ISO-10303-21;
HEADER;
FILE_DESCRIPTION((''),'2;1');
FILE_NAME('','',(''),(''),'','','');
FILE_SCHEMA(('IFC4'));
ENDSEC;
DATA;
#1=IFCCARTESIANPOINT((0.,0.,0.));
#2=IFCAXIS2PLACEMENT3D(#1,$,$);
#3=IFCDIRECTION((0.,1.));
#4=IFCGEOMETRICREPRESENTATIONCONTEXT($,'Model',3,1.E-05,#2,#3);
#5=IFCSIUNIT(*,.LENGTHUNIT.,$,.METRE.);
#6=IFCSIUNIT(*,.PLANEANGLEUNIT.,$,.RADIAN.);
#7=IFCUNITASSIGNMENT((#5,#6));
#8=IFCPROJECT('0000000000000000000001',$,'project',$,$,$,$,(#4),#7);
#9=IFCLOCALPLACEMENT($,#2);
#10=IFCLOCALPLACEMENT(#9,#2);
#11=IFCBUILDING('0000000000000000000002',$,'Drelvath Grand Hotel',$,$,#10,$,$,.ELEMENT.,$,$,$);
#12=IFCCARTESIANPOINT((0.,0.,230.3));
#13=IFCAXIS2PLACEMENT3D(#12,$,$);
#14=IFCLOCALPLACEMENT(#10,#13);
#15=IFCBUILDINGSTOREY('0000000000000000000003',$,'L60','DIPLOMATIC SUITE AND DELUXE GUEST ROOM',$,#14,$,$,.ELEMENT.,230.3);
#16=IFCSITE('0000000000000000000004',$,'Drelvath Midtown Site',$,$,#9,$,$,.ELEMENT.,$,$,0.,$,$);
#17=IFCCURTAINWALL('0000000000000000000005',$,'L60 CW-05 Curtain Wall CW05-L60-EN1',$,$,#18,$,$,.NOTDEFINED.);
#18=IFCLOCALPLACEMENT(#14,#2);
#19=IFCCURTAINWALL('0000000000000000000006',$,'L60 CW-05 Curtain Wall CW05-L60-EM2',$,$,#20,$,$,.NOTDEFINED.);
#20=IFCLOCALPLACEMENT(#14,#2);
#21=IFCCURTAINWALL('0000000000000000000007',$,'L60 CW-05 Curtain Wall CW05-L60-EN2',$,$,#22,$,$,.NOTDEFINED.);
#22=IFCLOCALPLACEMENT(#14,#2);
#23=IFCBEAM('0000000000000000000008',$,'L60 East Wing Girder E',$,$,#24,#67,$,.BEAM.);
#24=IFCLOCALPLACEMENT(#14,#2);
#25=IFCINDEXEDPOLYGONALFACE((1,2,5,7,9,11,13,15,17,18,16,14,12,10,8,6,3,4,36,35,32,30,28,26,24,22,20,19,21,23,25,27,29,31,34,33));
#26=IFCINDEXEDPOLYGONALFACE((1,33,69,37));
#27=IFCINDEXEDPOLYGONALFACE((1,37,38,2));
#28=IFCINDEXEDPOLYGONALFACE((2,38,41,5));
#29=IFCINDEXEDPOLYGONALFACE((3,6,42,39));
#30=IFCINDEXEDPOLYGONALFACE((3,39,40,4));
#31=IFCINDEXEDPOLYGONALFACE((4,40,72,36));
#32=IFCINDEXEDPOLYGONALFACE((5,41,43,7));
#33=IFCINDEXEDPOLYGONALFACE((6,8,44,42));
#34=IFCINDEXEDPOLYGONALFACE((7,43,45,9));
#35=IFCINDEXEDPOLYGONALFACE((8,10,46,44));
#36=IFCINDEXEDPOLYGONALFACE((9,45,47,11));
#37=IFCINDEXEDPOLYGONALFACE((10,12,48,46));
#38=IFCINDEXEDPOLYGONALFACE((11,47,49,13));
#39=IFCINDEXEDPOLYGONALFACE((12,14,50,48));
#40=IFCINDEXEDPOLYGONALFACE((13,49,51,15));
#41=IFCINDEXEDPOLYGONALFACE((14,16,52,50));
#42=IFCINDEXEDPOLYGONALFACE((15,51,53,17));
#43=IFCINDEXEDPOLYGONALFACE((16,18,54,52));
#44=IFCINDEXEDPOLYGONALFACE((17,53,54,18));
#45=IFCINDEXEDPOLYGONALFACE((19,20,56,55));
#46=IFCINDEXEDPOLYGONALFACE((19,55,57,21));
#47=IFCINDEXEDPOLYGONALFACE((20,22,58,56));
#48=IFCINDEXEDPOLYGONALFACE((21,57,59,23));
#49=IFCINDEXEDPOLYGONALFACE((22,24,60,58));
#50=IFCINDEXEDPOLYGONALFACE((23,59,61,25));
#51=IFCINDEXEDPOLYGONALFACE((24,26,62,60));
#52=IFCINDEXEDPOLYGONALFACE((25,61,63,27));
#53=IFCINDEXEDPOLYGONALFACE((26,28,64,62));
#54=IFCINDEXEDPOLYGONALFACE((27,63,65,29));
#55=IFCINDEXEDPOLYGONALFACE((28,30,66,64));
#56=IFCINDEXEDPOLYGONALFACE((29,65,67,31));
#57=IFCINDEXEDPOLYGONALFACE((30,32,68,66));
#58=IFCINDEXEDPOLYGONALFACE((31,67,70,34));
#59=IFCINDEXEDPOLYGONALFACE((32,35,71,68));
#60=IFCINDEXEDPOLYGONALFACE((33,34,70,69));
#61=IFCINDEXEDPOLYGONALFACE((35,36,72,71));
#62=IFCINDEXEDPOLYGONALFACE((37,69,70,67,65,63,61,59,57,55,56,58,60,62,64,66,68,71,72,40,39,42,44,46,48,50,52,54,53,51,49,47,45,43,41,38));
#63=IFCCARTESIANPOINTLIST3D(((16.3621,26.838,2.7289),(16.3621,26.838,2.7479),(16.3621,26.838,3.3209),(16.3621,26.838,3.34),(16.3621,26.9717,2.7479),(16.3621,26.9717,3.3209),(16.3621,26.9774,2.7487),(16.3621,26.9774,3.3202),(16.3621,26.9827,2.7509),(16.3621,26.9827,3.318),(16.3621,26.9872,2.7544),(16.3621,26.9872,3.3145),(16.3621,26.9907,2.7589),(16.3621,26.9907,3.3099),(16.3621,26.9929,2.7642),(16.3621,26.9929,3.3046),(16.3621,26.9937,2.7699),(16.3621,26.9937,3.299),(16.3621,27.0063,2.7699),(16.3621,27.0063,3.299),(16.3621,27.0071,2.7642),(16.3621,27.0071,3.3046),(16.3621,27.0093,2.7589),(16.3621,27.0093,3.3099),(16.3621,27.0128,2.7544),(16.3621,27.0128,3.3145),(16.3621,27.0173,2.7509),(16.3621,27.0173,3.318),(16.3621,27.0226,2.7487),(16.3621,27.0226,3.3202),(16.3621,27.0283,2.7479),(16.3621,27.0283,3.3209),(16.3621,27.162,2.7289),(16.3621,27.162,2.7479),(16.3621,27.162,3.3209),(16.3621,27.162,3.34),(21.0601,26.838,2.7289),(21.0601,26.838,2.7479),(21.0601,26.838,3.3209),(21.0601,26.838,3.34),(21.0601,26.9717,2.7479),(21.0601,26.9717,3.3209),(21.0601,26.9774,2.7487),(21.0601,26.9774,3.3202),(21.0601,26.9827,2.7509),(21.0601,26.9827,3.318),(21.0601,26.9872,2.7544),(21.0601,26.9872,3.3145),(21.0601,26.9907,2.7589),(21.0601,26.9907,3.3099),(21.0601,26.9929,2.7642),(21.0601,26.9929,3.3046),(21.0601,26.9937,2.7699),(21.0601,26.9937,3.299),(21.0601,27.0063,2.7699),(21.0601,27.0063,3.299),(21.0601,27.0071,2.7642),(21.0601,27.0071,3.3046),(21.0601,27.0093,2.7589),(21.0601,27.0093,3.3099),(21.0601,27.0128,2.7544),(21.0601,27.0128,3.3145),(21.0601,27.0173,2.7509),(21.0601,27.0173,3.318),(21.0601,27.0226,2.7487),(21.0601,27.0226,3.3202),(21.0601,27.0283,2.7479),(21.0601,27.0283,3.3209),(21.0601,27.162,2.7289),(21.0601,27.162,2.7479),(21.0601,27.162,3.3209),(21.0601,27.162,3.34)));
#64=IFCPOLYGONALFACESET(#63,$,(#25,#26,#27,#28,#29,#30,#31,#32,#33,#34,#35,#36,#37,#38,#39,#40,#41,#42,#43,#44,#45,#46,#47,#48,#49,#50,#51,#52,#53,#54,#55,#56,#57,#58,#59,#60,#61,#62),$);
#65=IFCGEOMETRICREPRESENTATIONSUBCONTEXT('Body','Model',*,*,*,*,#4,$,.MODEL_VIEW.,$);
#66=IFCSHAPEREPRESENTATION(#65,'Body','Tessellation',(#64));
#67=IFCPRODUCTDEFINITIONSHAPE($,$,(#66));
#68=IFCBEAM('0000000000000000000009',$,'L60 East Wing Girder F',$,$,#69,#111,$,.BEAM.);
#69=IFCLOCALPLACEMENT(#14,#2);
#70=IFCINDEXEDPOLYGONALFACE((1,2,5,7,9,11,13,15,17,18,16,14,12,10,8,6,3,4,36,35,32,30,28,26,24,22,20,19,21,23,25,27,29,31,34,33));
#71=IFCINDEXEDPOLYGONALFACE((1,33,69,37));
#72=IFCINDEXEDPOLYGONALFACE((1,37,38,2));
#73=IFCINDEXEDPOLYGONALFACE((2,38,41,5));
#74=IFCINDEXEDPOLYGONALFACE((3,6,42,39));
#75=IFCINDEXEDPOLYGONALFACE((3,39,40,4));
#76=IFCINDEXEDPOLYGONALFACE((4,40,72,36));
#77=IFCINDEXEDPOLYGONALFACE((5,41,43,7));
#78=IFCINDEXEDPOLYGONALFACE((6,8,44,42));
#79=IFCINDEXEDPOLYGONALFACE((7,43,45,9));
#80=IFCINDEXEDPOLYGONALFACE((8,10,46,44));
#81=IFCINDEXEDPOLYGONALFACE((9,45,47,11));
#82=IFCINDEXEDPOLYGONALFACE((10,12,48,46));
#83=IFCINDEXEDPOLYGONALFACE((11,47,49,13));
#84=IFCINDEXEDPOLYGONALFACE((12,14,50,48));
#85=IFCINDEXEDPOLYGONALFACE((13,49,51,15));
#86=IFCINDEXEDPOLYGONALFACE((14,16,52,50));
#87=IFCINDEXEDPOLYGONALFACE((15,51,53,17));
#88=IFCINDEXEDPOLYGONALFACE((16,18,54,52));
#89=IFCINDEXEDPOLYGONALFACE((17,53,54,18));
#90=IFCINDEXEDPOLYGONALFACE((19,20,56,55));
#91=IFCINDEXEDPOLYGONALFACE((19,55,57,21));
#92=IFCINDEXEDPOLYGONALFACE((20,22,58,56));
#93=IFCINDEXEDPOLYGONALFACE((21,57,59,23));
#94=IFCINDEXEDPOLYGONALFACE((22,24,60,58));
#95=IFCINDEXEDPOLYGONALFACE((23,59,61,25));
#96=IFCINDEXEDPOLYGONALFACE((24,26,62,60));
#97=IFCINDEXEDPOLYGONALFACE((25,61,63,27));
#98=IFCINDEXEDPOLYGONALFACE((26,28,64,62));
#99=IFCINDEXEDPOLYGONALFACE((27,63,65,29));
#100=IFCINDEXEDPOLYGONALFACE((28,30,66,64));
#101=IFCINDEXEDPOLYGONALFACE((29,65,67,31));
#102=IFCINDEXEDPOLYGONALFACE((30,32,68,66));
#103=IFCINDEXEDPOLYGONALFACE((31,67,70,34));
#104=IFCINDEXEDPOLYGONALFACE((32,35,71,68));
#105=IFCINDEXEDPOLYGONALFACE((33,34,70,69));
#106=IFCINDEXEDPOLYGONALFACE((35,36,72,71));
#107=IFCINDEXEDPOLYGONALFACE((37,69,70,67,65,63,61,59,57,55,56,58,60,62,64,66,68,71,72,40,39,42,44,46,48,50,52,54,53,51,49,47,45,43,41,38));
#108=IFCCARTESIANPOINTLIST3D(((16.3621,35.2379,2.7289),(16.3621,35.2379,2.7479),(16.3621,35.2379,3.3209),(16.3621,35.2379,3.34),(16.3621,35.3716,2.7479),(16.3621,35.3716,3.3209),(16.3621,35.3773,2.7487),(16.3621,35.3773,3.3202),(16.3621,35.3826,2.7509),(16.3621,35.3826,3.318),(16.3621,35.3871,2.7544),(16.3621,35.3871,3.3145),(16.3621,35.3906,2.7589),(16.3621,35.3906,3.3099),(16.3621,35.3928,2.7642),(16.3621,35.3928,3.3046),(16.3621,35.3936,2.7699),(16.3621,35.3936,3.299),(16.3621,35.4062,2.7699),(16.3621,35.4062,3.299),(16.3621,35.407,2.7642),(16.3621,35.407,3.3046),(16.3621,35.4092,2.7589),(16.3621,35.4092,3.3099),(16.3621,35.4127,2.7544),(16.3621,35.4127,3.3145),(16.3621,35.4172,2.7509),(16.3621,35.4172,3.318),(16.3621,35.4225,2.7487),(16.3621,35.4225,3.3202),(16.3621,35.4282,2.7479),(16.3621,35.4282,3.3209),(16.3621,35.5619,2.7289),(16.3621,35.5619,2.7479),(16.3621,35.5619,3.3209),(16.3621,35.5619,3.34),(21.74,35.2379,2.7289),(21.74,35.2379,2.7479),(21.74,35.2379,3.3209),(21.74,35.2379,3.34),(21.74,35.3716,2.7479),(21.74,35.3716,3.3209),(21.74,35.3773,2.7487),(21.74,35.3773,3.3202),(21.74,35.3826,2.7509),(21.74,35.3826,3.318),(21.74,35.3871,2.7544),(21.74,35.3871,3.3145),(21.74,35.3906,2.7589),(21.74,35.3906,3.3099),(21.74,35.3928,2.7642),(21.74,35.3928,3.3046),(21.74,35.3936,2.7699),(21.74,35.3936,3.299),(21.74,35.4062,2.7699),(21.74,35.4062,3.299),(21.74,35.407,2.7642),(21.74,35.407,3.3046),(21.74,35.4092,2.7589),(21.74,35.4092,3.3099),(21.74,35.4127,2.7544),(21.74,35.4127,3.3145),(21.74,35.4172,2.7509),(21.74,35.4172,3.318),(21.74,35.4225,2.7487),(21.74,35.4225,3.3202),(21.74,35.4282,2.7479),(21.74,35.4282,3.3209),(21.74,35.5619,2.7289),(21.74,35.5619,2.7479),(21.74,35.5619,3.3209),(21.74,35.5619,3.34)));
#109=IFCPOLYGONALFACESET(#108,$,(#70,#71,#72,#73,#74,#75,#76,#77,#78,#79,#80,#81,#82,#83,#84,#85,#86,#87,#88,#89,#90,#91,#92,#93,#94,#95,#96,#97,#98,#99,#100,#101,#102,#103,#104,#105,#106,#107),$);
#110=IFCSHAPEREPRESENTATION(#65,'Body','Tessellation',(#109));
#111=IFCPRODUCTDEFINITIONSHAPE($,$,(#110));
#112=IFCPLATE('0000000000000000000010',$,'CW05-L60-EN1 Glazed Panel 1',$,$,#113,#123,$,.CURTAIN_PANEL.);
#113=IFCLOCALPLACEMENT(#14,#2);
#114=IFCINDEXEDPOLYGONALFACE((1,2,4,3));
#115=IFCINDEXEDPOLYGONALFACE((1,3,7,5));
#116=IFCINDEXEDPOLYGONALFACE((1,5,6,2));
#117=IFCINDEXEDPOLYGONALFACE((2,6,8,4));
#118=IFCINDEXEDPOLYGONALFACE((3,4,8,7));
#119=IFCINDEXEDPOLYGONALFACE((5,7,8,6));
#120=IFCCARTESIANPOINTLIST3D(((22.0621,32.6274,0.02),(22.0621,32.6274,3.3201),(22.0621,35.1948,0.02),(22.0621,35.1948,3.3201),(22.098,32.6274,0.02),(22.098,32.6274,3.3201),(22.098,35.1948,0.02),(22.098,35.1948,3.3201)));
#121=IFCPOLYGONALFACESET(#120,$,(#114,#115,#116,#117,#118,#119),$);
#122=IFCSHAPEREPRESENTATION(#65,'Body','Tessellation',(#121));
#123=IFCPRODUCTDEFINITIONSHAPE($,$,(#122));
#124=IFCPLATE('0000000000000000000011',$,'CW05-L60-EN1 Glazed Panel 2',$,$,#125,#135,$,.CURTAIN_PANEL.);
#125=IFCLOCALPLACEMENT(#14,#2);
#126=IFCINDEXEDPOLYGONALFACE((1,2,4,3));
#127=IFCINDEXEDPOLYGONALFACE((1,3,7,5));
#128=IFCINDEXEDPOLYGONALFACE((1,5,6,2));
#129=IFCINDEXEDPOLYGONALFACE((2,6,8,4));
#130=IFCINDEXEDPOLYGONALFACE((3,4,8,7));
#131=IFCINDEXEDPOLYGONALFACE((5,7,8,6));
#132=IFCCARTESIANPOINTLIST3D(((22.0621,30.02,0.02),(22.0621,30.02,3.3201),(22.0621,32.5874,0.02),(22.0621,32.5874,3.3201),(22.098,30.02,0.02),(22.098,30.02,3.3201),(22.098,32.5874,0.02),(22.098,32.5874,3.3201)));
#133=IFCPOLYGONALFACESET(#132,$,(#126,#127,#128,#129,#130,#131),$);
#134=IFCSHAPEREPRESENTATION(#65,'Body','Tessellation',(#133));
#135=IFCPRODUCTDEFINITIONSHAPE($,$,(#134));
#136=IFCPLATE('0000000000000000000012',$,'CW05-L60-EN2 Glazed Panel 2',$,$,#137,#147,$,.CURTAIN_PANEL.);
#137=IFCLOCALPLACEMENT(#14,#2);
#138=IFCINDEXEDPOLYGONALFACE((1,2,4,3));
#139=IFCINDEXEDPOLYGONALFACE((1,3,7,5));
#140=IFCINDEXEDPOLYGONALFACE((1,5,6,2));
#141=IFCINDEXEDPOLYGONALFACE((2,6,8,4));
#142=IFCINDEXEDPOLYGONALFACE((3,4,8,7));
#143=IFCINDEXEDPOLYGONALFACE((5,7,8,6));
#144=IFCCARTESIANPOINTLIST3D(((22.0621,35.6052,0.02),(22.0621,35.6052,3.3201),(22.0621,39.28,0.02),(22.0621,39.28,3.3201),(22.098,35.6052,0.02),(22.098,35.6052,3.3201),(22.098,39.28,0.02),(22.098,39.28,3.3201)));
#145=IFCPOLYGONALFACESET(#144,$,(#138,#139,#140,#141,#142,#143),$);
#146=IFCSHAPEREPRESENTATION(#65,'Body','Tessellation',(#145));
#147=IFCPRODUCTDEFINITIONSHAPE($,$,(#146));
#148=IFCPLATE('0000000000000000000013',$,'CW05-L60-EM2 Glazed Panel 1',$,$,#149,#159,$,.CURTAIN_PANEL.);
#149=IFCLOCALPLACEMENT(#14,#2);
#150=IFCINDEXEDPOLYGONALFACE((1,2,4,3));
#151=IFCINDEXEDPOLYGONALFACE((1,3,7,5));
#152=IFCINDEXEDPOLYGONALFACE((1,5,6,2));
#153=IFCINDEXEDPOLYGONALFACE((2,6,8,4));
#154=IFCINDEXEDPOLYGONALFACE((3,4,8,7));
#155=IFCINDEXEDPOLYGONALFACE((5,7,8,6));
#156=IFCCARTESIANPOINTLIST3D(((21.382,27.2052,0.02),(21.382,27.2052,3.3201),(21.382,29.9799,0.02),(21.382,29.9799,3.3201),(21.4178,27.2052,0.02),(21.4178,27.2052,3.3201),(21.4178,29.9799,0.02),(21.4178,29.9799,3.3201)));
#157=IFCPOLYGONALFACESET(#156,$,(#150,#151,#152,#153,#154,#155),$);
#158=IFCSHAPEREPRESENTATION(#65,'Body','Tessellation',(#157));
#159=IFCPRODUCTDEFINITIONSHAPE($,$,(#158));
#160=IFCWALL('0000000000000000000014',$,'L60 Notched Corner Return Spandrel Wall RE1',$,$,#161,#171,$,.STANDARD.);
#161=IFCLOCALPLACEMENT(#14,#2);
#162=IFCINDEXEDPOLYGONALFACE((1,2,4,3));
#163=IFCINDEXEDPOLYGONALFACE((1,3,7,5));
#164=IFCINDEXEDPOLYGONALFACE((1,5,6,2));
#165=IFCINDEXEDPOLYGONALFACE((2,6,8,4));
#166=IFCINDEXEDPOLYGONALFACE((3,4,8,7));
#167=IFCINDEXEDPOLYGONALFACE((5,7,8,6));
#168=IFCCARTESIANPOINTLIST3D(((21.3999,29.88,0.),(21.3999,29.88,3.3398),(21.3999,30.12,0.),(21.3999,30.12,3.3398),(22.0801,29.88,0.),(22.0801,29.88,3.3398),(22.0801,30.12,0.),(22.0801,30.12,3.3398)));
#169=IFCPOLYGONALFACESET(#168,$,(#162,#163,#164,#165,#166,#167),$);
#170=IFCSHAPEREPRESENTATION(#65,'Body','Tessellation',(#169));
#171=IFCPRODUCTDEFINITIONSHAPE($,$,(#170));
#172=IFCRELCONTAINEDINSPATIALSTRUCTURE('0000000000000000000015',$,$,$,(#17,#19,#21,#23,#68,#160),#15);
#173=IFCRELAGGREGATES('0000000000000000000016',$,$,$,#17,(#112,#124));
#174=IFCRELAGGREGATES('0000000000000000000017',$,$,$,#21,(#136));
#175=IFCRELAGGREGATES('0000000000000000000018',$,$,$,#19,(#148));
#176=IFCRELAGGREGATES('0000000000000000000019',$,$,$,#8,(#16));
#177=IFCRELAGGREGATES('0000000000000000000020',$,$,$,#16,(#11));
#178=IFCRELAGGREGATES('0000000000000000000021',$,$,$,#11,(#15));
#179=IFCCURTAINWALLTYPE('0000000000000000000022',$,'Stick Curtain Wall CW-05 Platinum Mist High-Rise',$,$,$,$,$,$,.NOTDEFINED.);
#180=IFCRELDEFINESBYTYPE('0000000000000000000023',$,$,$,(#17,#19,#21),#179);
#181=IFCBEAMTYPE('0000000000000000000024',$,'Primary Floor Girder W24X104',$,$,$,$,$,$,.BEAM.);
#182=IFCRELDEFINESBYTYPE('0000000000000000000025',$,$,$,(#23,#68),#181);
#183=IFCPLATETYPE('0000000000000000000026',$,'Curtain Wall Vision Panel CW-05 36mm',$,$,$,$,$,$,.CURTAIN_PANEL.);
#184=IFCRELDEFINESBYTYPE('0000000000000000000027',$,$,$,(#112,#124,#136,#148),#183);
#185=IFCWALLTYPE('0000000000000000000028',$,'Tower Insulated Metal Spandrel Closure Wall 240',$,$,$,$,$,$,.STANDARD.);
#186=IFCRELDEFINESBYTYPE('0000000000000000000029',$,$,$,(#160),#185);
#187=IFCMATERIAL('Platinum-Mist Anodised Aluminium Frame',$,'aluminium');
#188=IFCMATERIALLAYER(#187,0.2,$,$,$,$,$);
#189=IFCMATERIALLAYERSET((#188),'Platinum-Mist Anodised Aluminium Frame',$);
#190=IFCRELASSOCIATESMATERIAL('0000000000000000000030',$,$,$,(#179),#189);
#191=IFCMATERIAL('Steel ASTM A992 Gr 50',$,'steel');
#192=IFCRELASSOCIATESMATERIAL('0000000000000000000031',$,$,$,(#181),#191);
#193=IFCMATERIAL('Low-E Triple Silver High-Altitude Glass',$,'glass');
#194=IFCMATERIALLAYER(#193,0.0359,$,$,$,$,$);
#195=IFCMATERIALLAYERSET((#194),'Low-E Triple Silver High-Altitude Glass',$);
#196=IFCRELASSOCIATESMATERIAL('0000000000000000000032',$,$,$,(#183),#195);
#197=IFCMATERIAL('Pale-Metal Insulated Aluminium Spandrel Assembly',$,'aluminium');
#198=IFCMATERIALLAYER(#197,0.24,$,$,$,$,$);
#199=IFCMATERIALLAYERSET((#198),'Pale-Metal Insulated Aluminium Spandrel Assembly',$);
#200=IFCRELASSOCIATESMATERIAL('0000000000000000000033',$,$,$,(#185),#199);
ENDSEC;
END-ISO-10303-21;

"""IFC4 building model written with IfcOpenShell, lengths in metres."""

from ifc_helpers import new_model, si_unit, direction, frame, frame_2d, origin, origin_2d, place, context, subcontext, project, spatial, rectangle, i_section, extrude, material, layer, layer_set, material_profile, profile_set, type_object, element, aggregate, save


model = new_model("IFC4")

# Units and contexts
model_context = context("Model", 3, precision=1e-05, world=origin(), true_north=direction((0.0, 1.0)))
body_context = subcontext(model_context, "Body", "Model", "MODEL_VIEW")
ifc_project = project(units=[si_unit("LENGTHUNIT", "METRE"), si_unit("PLANEANGLEUNIT", "RADIAN")], contexts=[model_context])

# Site, building, storey
site_placement = place(None, origin())
site = spatial("IfcSite", under=ifc_project, at=site_placement, Name="Drelvath Midtown Site", CompositionType="ELEMENT", RefElevation=0.0)
building_placement = place(site_placement, origin())
building = spatial("IfcBuilding", under=site, at=building_placement, Name="Drelvath Grand Hotel", CompositionType="ELEMENT")
storey_placement = place(building_placement, frame((0.0, 0.0, 230.3)))
storey = spatial("IfcBuildingStorey", under=building, at=storey_placement, Name="L60", Description="DIPLOMATIC SUITE AND DELUXE GUEST ROOM", CompositionType="ELEMENT", Elevation=230.3)

# Curtain walls
ifc_material_1 = material(Name="Platinum-Mist Anodised Aluminium Frame", Category="aluminium")
ifc_layer_1 = layer(ifc_material_1, 0.2)
ifc_layer_set_1 = layer_set([ifc_layer_1], Name="Platinum-Mist Anodised Aluminium Frame")
curtain_wall_type = type_object("IfcCurtainWallType", Name="Stick Curtain Wall CW-05 Platinum Mist High-Rise", PredefinedType="NOTDEFINED", material=ifc_layer_set_1)
curtain_wall_1_placement = place(storey_placement, origin())
curtain_wall_1 = element("IfcCurtainWall", 1, at=curtain_wall_1_placement, inside=storey, type_object=curtain_wall_type, Name="L60 CW-05 Curtain Wall CW05-L60-EN1", PredefinedType="NOTDEFINED")
curtain_wall_2_placement = place(storey_placement, origin())
curtain_wall_2 = element("IfcCurtainWall", 2, at=curtain_wall_2_placement, inside=storey, type_object=curtain_wall_type, Name="L60 CW-05 Curtain Wall CW05-L60-EM2", PredefinedType="NOTDEFINED")

# Curtain wall
curtain_wall_3_placement = place(storey_placement, origin())
curtain_wall_3 = element("IfcCurtainWall", 3, at=curtain_wall_3_placement, inside=storey, type_object=curtain_wall_type, Name="L60 CW-05 Curtain Wall CW05-L60-EN2", PredefinedType="NOTDEFINED")

# Beams
ifc_material_2 = material(Name="Steel ASTM A992 Gr 50", Category="steel")
ifc_material_profile_1 = material_profile(ifc_material_2, i_section(OverallWidth=0.324, OverallDepth=0.6111, WebThickness=0.0127, FlangeThickness=0.019, FilletRadius=0.022, at=origin_2d()), Name="W24X104")
ifc_profile_set_1 = profile_set([ifc_material_profile_1], Name="Steel ASTM A992 Gr 50")
beam_type_1 = type_object("IfcBeamType", Name="Primary Floor Girder W24X104", PredefinedType="BEAM", material=ifc_profile_set_1)
beam_1_placement = place(storey_placement, frame((16.3621, 27.0, 3.0344), z_axis=(1.0, 0.0, 0.0), x_axis=(0.0, 1.0, 0.0)))
element("IfcBeam", 4, at=beam_1_placement, inside=storey, type_object=beam_type_1, Name="L60 East Wing Girder E", PredefinedType="BEAM", context=body_context, shape_type="SweptSolid", body=[
    extrude(i_section(OverallWidth=0.324, OverallDepth=0.6111, WebThickness=0.0127, FlangeThickness=0.019, FilletRadius=0.022, at=origin_2d()), origin(), (0.0, 0.0, 1.0), 4.698),
])
beam_2_placement = place(storey_placement, frame((16.3621, 35.3999, 3.0344), z_axis=(1.0, 0.0, 0.0), x_axis=(0.0, 1.0, 0.0)))
element("IfcBeam", 5, at=beam_2_placement, inside=storey, type_object=beam_type_1, Name="L60 East Wing Girder F", PredefinedType="BEAM", context=body_context, shape_type="SweptSolid", body=[
    extrude(i_section(OverallWidth=0.324, OverallDepth=0.6111, WebThickness=0.0127, FlangeThickness=0.019, FilletRadius=0.022, at=origin_2d()), origin(), (0.0, 0.0, 1.0), 5.3779),
])

# Plates
ifc_material_3 = material(Name="Low-E Triple Silver High-Altitude Glass", Category="glass")
ifc_layer_2 = layer(ifc_material_3, 0.0359)
ifc_layer_set_2 = layer_set([ifc_layer_2], Name="Low-E Triple Silver High-Altitude Glass")
plate_type = type_object("IfcPlateType", Name="Curtain Wall Vision Panel CW-05 36mm", PredefinedType="CURTAIN_PANEL", material=ifc_layer_set_2)
plate_1_placement = place(storey_placement, frame((22.0801, 33.9111, 0.02), z_axis=(0.0, 0.0, 1.0), x_axis=(0.0, -1.0, 0.0)))
plate_1 = element("IfcPlate", 6, at=plate_1_placement, type_object=plate_type, Name="CW05-L60-EN1 Glazed Panel 1", PredefinedType="CURTAIN_PANEL", context=body_context, shape_type="SweptSolid", body=[
    extrude(rectangle(XDim=2.5674, YDim=0.0359, at=origin_2d()), origin(), (0.0, 0.0, 1.0), 3.3),
])
plate_2_placement = place(storey_placement, frame((22.0801, 31.3037, 0.02), z_axis=(0.0, 0.0, 1.0), x_axis=(0.0, -1.0, 0.0)))
plate_2 = element("IfcPlate", 7, at=plate_2_placement, type_object=plate_type, Name="CW05-L60-EN1 Glazed Panel 2", PredefinedType="CURTAIN_PANEL", context=body_context, shape_type="SweptSolid", body=[
    extrude(rectangle(XDim=2.5674, YDim=0.0359, at=origin_2d()), origin(), (0.0, 0.0, 1.0), 3.3),
])
aggregate(curtain_wall_1, [plate_1, plate_2])
plate_3_placement = place(storey_placement, frame((22.0801, 37.4426, 0.02), z_axis=(0.0, 0.0, 1.0), x_axis=(0.0, -1.0, 0.0)))
plate_3 = element("IfcPlate", 8, at=plate_3_placement, type_object=plate_type, Name="CW05-L60-EN2 Glazed Panel 2", PredefinedType="CURTAIN_PANEL", context=body_context, shape_type="SweptSolid", body=[
    extrude(rectangle(XDim=3.6748, YDim=0.0359, at=origin_2d()), origin(), (0.0, 0.0, 1.0), 3.3),
])
aggregate(curtain_wall_3, [plate_3])
plate_4_placement = place(storey_placement, frame((21.3999, 28.5925, 0.02), z_axis=(0.0, 0.0, 1.0), x_axis=(0.0, -1.0, 0.0)))
plate_4 = element("IfcPlate", 9, at=plate_4_placement, type_object=plate_type, Name="CW05-L60-EM2 Glazed Panel 1", PredefinedType="CURTAIN_PANEL", context=body_context, shape_type="SweptSolid", body=[
    extrude(rectangle(XDim=2.7747, YDim=0.0359, at=origin_2d()), origin(), (0.0, 0.0, 1.0), 3.3),
])
aggregate(curtain_wall_2, [plate_4])

# Wall
ifc_material_4 = material(Name="Pale-Metal Insulated Aluminium Spandrel Assembly", Category="aluminium")
ifc_layer_3 = layer(ifc_material_4, 0.24)
ifc_layer_set_3 = layer_set([ifc_layer_3], Name="Pale-Metal Insulated Aluminium Spandrel Assembly")
wall_type = type_object("IfcWallType", Name="Tower Insulated Metal Spandrel Closure Wall 240", PredefinedType="STANDARD", material=ifc_layer_set_3)
wall_placement = place(storey_placement, frame((22.0801, 30.0, 0.0), z_axis=(0.0, 0.0, 1.0), x_axis=(-1.0, 0.0, 0.0)))
element("IfcWall", 10, at=wall_placement, inside=storey, type_object=wall_type, Name="L60 Notched Corner Return Spandrel Wall RE1", PredefinedType="STANDARD", context=body_context, shape_type="SweptSolid", body=[
    extrude(rectangle(XDim=0.6802, YDim=0.24, at=frame_2d((0.3401, 0.0))), origin(), (0.0, 0.0, 1.0), 3.3398),
])

save(model, "model.ifc")
